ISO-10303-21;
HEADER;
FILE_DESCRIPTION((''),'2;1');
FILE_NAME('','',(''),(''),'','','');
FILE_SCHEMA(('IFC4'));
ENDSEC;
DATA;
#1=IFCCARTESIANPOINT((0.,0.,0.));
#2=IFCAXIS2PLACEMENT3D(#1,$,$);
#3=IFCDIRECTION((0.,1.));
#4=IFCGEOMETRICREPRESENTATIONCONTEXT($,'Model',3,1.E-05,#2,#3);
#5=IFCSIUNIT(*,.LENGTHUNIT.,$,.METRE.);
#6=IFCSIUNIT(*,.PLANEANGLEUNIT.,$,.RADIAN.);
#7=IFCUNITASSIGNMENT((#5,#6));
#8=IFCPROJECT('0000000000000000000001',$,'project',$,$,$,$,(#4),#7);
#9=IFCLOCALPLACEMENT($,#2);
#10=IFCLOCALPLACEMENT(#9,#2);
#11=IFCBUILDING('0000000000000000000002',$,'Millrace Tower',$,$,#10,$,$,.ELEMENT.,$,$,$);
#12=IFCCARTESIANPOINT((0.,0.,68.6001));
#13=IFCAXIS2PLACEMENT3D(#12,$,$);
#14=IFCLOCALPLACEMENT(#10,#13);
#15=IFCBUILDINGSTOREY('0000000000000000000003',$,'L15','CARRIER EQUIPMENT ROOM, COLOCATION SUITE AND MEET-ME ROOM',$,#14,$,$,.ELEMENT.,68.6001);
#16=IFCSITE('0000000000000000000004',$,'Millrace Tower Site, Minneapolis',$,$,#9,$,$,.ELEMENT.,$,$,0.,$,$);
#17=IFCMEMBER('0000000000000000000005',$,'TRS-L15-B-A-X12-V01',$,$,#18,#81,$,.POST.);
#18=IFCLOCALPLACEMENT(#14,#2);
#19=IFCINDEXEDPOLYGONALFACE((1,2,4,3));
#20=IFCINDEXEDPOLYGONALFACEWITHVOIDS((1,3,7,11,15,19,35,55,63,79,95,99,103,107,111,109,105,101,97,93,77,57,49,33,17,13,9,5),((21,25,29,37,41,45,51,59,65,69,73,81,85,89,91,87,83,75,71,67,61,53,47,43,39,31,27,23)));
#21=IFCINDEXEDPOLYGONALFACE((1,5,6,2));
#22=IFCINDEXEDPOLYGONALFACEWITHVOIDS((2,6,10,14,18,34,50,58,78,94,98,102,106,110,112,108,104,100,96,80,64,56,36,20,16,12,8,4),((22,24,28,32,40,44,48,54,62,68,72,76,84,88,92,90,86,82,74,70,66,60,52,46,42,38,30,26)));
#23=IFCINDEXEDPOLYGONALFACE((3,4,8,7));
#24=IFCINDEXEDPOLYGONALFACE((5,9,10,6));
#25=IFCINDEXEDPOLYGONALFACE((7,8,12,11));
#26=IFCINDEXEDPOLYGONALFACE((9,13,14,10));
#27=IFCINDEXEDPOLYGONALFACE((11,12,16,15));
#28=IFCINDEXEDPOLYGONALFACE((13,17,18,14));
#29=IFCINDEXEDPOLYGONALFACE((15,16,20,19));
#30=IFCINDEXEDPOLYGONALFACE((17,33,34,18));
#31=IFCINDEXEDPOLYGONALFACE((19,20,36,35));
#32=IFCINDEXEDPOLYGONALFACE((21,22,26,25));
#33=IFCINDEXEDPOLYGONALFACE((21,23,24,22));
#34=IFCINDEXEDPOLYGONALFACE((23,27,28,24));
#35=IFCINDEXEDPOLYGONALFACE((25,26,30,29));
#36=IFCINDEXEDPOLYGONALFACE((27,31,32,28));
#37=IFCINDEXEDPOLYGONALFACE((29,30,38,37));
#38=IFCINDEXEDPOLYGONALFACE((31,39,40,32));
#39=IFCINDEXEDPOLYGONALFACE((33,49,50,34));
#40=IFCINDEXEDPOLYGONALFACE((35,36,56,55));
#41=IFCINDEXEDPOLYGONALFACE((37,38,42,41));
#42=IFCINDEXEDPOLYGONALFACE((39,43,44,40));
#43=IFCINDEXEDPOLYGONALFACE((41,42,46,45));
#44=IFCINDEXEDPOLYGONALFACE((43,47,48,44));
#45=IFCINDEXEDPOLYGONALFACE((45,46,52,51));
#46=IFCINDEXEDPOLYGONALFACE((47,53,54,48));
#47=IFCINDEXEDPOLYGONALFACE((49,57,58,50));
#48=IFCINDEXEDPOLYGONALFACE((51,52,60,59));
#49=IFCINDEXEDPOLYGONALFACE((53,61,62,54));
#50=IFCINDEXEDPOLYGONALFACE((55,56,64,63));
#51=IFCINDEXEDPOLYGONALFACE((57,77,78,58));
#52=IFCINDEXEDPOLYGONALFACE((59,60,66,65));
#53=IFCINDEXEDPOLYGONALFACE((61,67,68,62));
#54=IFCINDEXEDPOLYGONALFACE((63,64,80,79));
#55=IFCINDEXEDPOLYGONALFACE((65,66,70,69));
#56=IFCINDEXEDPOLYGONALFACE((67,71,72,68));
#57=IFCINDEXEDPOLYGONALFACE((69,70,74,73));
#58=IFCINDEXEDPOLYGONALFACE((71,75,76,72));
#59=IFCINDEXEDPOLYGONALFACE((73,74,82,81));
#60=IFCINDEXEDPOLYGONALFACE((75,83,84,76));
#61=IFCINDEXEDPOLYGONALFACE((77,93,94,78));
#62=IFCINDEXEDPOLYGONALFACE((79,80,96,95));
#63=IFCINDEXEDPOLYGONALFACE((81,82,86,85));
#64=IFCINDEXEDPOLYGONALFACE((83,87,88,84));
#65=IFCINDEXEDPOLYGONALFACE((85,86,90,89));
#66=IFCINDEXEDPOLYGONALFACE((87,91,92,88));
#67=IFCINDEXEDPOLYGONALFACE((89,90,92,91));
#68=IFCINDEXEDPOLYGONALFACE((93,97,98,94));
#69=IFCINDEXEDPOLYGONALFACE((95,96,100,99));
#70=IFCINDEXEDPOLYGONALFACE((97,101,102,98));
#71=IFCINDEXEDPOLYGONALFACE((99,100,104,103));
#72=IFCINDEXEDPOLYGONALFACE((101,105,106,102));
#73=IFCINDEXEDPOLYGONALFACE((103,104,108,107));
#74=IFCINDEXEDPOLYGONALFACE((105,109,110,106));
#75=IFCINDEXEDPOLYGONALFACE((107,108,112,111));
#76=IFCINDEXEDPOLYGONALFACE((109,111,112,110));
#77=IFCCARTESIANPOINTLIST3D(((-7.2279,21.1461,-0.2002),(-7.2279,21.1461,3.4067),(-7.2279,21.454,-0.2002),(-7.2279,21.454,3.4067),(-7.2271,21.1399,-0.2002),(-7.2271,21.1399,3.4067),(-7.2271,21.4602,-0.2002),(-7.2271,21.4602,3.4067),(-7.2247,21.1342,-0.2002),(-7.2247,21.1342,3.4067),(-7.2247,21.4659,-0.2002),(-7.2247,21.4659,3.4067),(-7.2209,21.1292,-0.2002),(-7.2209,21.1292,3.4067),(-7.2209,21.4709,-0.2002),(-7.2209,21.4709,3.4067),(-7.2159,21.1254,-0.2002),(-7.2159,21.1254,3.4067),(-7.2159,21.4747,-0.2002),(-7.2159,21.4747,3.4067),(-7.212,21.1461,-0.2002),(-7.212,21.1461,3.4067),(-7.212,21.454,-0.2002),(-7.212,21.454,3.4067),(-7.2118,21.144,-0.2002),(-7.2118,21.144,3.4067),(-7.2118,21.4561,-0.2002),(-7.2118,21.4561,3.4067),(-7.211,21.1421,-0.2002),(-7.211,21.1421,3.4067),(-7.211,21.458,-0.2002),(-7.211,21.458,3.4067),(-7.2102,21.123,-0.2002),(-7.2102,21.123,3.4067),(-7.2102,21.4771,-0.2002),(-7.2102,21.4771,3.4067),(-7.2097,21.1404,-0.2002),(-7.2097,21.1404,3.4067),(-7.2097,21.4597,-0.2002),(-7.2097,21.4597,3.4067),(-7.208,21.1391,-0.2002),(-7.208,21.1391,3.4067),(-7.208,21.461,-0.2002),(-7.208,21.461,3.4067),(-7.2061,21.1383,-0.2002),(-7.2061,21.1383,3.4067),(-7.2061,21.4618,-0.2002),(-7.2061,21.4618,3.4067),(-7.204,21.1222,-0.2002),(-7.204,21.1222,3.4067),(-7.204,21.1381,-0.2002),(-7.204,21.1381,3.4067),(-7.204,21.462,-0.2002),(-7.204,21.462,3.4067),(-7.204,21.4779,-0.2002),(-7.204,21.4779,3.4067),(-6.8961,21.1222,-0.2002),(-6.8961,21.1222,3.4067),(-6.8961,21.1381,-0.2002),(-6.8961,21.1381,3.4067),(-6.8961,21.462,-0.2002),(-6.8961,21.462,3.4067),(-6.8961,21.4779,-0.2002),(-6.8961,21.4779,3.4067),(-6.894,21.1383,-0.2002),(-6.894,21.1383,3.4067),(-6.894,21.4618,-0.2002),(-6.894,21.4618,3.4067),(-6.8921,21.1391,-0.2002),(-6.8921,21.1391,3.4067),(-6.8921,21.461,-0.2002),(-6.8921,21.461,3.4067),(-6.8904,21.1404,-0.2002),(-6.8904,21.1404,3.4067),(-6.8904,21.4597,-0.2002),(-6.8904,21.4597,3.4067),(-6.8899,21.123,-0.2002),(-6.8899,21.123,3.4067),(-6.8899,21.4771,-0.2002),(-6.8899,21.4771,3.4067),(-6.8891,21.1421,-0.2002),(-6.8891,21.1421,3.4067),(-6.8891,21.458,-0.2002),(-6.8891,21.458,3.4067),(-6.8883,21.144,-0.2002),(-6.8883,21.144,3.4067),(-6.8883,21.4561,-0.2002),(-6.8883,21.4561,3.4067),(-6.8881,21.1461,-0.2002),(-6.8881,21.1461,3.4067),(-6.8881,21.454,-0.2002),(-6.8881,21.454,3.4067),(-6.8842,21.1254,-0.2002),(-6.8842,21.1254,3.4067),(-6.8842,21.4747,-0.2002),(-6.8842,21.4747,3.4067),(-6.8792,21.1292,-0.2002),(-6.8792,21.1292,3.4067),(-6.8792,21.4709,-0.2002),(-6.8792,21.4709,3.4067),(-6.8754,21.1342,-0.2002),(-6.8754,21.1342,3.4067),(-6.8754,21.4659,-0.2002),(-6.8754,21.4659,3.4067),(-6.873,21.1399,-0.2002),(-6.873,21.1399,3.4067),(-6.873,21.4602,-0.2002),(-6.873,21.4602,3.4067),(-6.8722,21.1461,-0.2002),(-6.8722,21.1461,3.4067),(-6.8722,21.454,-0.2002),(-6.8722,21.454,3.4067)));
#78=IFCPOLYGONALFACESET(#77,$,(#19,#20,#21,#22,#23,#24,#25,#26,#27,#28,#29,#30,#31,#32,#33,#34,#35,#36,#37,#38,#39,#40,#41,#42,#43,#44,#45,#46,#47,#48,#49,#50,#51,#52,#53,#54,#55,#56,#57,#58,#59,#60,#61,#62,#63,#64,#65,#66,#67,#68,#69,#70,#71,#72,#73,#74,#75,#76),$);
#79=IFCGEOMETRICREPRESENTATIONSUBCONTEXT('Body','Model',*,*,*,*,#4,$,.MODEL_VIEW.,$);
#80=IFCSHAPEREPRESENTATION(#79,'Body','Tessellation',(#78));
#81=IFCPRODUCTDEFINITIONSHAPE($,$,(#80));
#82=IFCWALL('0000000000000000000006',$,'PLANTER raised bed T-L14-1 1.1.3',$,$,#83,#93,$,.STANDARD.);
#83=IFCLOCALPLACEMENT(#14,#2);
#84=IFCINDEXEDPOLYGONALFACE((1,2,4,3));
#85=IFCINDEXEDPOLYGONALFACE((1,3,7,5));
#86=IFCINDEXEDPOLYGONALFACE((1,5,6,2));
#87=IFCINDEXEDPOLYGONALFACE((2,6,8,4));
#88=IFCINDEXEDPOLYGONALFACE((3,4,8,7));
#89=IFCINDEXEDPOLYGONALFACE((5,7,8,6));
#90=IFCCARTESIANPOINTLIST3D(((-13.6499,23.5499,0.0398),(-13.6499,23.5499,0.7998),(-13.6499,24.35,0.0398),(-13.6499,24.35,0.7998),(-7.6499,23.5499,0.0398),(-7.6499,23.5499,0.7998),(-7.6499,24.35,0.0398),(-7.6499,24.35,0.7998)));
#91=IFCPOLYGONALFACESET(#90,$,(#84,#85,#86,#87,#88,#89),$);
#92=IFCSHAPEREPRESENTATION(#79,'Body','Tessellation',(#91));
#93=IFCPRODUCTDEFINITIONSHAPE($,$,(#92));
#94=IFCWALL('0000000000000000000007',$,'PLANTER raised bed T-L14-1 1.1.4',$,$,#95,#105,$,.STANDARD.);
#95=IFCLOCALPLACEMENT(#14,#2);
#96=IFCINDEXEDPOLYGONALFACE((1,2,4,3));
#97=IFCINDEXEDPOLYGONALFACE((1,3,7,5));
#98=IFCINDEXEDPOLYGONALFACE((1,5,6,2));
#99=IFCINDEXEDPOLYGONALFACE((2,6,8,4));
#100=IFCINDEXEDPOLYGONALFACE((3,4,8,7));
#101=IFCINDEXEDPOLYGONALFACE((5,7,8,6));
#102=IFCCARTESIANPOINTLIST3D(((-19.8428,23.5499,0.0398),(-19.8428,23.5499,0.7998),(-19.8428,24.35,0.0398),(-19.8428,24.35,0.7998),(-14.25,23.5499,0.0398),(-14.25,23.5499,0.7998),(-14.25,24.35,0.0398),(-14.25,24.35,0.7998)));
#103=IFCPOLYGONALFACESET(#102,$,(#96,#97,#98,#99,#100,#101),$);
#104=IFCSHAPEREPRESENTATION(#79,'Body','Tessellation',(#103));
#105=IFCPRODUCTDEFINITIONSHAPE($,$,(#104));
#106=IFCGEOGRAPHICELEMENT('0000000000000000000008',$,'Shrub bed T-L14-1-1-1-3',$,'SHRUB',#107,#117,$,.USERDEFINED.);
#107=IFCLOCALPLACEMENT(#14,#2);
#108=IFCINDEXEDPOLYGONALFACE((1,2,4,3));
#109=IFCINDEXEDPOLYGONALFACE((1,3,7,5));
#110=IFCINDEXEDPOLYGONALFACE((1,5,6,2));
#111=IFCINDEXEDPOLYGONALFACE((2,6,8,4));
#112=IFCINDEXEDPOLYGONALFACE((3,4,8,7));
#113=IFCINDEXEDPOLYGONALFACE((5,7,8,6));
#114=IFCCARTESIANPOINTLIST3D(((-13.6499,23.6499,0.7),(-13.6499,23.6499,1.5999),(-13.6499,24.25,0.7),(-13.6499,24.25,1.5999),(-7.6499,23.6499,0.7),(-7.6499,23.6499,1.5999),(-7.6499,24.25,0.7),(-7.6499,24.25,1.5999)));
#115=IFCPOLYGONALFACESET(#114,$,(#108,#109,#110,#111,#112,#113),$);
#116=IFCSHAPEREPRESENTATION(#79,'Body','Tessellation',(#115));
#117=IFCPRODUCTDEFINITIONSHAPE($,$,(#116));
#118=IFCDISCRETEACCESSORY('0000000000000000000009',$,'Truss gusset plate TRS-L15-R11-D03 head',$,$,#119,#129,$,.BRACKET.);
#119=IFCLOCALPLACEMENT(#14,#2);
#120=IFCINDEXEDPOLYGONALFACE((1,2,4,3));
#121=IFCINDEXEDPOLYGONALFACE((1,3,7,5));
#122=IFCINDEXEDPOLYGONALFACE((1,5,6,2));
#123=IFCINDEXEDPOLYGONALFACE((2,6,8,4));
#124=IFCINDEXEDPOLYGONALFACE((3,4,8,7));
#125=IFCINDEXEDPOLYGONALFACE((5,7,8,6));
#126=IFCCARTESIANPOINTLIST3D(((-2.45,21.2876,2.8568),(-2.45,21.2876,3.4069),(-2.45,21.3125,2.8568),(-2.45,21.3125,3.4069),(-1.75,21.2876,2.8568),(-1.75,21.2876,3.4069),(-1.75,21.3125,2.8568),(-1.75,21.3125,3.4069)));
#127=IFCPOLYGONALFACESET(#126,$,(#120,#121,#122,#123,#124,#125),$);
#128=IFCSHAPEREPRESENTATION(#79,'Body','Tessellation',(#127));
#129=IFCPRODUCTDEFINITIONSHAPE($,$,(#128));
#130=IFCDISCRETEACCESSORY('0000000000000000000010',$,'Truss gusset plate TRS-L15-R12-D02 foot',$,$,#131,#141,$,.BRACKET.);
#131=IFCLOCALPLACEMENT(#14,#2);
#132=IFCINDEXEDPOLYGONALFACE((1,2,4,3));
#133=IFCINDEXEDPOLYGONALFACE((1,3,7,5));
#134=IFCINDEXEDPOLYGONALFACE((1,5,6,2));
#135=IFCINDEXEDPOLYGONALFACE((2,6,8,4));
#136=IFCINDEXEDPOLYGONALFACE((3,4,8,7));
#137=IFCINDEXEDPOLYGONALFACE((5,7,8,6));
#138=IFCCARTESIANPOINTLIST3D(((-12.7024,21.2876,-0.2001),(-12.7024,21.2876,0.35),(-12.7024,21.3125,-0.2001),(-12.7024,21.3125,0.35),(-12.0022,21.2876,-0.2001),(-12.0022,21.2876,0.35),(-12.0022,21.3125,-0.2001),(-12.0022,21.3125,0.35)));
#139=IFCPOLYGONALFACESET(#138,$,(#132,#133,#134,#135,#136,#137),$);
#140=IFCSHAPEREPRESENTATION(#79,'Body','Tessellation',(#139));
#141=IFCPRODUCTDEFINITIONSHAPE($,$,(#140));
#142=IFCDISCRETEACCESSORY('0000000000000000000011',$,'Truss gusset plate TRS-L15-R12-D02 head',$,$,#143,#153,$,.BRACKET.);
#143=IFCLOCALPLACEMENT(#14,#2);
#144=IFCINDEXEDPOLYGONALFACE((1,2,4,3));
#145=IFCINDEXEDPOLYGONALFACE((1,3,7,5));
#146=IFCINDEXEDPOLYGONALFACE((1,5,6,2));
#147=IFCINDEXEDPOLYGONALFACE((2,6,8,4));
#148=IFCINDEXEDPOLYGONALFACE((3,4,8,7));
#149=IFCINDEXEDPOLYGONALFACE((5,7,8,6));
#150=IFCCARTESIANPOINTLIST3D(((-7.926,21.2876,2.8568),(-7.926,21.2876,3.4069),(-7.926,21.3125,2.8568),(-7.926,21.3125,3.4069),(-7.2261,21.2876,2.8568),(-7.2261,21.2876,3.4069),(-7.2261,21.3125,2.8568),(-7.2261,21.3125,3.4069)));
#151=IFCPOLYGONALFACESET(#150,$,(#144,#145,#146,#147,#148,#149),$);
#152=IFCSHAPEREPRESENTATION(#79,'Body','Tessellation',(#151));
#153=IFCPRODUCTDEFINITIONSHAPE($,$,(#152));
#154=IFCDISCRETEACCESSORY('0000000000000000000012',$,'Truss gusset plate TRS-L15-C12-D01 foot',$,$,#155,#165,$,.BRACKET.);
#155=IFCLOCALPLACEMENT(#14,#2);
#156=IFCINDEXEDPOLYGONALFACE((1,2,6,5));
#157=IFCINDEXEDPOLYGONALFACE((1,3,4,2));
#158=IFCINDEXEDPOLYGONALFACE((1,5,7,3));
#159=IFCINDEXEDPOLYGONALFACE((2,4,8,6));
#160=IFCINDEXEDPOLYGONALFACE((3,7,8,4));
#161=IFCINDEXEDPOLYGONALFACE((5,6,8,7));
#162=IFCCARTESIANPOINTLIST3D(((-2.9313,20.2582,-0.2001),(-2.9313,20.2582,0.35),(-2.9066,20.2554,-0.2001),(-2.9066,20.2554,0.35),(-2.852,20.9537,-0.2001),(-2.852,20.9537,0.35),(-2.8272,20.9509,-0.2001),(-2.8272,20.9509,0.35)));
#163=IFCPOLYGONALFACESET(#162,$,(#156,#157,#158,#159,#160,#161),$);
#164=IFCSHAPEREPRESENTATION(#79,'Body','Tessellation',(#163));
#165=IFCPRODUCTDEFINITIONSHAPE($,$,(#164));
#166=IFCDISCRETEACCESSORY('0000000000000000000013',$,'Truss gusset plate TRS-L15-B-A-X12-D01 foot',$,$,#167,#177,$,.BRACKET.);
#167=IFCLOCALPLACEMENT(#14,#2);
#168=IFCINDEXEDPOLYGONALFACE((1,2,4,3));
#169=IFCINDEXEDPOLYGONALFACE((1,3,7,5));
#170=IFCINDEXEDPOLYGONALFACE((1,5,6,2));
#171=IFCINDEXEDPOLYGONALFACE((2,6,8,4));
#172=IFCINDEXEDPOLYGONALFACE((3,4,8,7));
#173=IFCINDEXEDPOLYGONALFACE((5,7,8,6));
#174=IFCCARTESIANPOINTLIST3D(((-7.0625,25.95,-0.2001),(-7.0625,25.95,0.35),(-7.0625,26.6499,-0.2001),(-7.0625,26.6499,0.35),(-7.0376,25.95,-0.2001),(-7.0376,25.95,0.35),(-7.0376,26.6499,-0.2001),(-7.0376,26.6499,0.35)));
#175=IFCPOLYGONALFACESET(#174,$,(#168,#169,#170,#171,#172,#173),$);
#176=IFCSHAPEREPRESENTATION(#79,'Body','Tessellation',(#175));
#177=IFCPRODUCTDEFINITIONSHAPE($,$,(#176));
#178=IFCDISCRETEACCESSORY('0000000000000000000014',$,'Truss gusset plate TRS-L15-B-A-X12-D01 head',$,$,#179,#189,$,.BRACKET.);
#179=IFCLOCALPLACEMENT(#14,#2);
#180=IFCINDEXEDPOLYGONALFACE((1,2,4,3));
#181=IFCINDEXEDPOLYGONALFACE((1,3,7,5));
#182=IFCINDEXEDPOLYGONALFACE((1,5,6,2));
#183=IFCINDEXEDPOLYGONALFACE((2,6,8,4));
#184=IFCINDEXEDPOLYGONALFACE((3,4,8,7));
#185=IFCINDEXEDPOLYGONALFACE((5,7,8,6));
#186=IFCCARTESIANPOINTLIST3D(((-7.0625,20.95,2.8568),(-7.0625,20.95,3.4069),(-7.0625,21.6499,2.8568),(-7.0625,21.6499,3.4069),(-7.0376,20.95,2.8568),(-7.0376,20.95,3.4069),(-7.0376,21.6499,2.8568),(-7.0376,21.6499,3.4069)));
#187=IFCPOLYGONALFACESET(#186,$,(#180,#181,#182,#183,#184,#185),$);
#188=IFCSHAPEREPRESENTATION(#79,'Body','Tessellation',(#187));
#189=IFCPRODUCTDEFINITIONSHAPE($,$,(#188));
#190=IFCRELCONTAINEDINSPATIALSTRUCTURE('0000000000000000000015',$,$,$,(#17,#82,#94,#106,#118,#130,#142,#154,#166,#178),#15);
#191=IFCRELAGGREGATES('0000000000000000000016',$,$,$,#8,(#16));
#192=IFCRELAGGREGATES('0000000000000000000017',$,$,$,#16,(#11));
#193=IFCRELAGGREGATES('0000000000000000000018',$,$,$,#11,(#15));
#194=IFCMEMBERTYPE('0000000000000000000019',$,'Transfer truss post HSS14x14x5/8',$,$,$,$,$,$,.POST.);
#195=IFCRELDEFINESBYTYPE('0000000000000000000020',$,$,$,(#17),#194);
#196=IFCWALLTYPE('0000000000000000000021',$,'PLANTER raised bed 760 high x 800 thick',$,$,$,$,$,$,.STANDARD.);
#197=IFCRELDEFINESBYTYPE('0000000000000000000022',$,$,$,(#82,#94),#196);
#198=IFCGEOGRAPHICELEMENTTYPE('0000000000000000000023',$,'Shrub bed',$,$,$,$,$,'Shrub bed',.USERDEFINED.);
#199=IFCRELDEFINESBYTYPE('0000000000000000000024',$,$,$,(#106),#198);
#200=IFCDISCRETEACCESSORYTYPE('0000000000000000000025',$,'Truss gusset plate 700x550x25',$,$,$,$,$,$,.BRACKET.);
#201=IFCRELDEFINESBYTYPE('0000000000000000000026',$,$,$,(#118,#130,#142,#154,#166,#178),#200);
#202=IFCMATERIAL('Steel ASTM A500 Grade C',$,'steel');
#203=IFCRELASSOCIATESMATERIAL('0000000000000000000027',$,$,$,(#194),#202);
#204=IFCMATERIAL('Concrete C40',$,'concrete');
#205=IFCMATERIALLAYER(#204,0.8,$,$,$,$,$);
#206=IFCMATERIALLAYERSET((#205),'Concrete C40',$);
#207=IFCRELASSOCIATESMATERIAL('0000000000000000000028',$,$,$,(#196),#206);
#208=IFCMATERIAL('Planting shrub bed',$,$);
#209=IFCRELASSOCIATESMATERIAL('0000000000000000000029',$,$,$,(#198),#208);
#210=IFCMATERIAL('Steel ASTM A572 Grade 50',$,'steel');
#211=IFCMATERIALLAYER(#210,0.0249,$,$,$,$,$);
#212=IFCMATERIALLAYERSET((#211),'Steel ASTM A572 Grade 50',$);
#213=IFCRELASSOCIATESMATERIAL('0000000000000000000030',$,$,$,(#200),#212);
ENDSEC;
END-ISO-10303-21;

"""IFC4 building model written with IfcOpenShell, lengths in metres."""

from ifc_helpers import new_model, si_unit, direction, frame, frame_2d, origin, origin_2d, place, context, subcontext, project, spatial, rectangle, hollow_rectangle, extrude, material, layer, layer_set, material_profile, profile_set, type_object, element, save


model = new_model("IFC4")

# Units and contexts
model_context = context("Model", 3, precision=1e-05, world=origin(), true_north=direction((0.0, 1.0)))
body_context = subcontext(model_context, "Body", "Model", "MODEL_VIEW")
ifc_project = project(units=[si_unit("LENGTHUNIT", "METRE"), si_unit("PLANEANGLEUNIT", "RADIAN")], contexts=[model_context])

# Site, building, storey
site_placement = place(None, origin())
site = spatial("IfcSite", under=ifc_project, at=site_placement, Name="Millrace Tower Site, Minneapolis", CompositionType="ELEMENT", RefElevation=0.0)
building_placement = place(site_placement, origin())
building = spatial("IfcBuilding", under=site, at=building_placement, Name="Millrace Tower", CompositionType="ELEMENT")
storey_placement = place(building_placement, frame((0.0, 0.0, 68.6001)))
storey = spatial("IfcBuildingStorey", under=building, at=storey_placement, Name="L15", Description="CARRIER EQUIPMENT ROOM, COLOCATION SUITE AND MEET-ME ROOM", CompositionType="ELEMENT", Elevation=68.6001)

# Member
ifc_material_1 = material(Name="Steel ASTM A500 Grade C", Category="steel")
ifc_material_profile_1 = material_profile(ifc_material_1, hollow_rectangle(XDim=0.3557, YDim=0.3557, WallThickness=0.0159, InnerFilletRadius=0.0081, OuterFilletRadius=0.0239, at=origin_2d()))
ifc_profile_set_1 = profile_set([ifc_material_profile_1], Name="Steel ASTM A500 Grade C")
member_type_1 = type_object("IfcMemberType", Name="Transfer truss post HSS14x14x5/8", PredefinedType="POST", material=ifc_profile_set_1)
for number, where, z_axis, x_axis, name in (
    (1, (-7.05, 21.3, -0.2002), (0.0, 0.0, 1.0), (1.0, 0.0, 0.0), "TRS-L15-B-A-X12-V01"),
):
    element("IfcMember", number, at=place(storey_placement, frame(where, z_axis=z_axis, x_axis=x_axis)), inside=storey, type_object=member_type_1, Name=name, PredefinedType="POST", context=body_context, shape_type="SweptSolid", body=[
        extrude(hollow_rectangle(XDim=0.3557, YDim=0.3557, WallThickness=0.0159, InnerFilletRadius=0.0081, OuterFilletRadius=0.0239, at=origin_2d()), origin(), (0.0, 0.0, 1.0), 3.6069),
    ])

# Walls
ifc_material_2 = material(Name="Concrete C40", Category="concrete")
ifc_layer_1 = layer(ifc_material_2, 0.8)
ifc_layer_set_1 = layer_set([ifc_layer_1], Name="Concrete C40")
wall_type = type_object("IfcWallType", Name="PLANTER raised bed 760 high x 800 thick", PredefinedType="STANDARD", material=ifc_layer_set_1)
wall_1_placement = place(storey_placement, frame((-7.6499, 23.95, 0.0398), z_axis=(0.0, 0.0, 1.0), x_axis=(-1.0, 0.0, 0.0)))
element("IfcWall", 2, at=wall_1_placement, inside=storey, type_object=wall_type, Name="PLANTER raised bed T-L14-1 1.1.3", PredefinedType="STANDARD", context=body_context, shape_type="SweptSolid", body=[
    extrude(rectangle(XDim=6.0, YDim=0.8, at=frame_2d((3.0, 0.0))), origin(), (0.0, 0.0, 1.0), 0.76),
])
wall_2_placement = place(storey_placement, frame((-14.25, 23.95, 0.0398), z_axis=(0.0, 0.0, 1.0), x_axis=(-1.0, 0.0, 0.0)))
element("IfcWall", 3, at=wall_2_placement, inside=storey, type_object=wall_type, Name="PLANTER raised bed T-L14-1 1.1.4", PredefinedType="STANDARD", context=body_context, shape_type="SweptSolid", body=[
    extrude(rectangle(XDim=5.5928, YDim=0.8, at=frame_2d((2.7964, 0.0))), origin(), (0.0, 0.0, 1.0), 0.76),
])

# Geographic element
ifc_material_3 = material(Name="Planting shrub bed")
geographic_element_type = type_object("IfcGeographicElementType", Name="Shrub bed", ElementType="Shrub bed", PredefinedType="USERDEFINED", material=ifc_material_3)
geographic_element_placement = place(storey_placement, frame((-10.6499, 23.95, 0.7), z_axis=(0.0, 0.0, 1.0), x_axis=(-1.0, 0.0, 0.0)))
element("IfcGeographicElement", 4, at=geographic_element_placement, inside=storey, type_object=geographic_element_type, Name="Shrub bed T-L14-1-1-1-3", ObjectType="SHRUB", PredefinedType="USERDEFINED", context=body_context, shape_type="SweptSolid", body=[
    extrude(rectangle(XDim=6.0, YDim=0.6001, at=origin_2d()), origin(), (0.0, 0.0, 1.0), 0.8999),
])

# Discrete accessories
ifc_material_4 = material(Name="Steel ASTM A572 Grade 50", Category="steel")
ifc_layer_2 = layer(ifc_material_4, 0.0249)
ifc_layer_set_2 = layer_set([ifc_layer_2], Name="Steel ASTM A572 Grade 50")
discrete_accessory_type = type_object("IfcDiscreteAccessoryType", Name="Truss gusset plate 700x550x25", PredefinedType="BRACKET", material=ifc_layer_set_2)
discrete_accessory_1_placement = place(storey_placement, frame((-2.45, 21.3, 3.1318), z_axis=(1.0, 0.0, 0.0), x_axis=(0.0, 1.0, 0.0)))
element("IfcDiscreteAccessory", 5, at=discrete_accessory_1_placement, inside=storey, type_object=discrete_accessory_type, Name="Truss gusset plate TRS-L15-R11-D03 head", PredefinedType="BRACKET", context=body_context, shape_type="SweptSolid", body=[
    extrude(rectangle(XDim=0.0249, YDim=0.55, at=origin_2d()), origin(), (0.0, 0.0, 1.0), 0.7),
])
discrete_accessory_2_placement = place(storey_placement, frame((-12.7024, 21.3, 0.075), z_axis=(1.0, 0.0, 0.0), x_axis=(0.0, 1.0, 0.0)))
element("IfcDiscreteAccessory", 6, at=discrete_accessory_2_placement, inside=storey, type_object=discrete_accessory_type, Name="Truss gusset plate TRS-L15-R12-D02 foot", PredefinedType="BRACKET", context=body_context, shape_type="SweptSolid", body=[
    extrude(rectangle(XDim=0.0249, YDim=0.55, at=origin_2d()), origin(), (0.0, 0.0, 1.0), 0.7002),
])
for number, where, z_axis, x_axis, name in (
    (7, (-7.926, 21.3, 3.1318), (1.0, 0.0, 0.0), (0.0, 1.0, 0.0), "Truss gusset plate TRS-L15-R12-D02 head"),
    (8, (-2.9189, 20.2568, 0.075), (0.11334, 0.993556, 0.0), (-0.993556, 0.11334, 0.0), "Truss gusset plate TRS-L15-C12-D01 foot"),
    (9, (-7.05, 25.95, 0.075), (0.0, 1.0, 0.0), (-1.0, 0.0, 0.0), "Truss gusset plate TRS-L15-B-A-X12-D01 foot"),
    (10, (-7.05, 20.95, 3.1318), (0.0, 1.0, 0.0), (-1.0, 0.0, 0.0), "Truss gusset plate TRS-L15-B-A-X12-D01 head"),
):
    element("IfcDiscreteAccessory", number, at=place(storey_placement, frame(where, z_axis=z_axis, x_axis=x_axis)), inside=storey, type_object=discrete_accessory_type, Name=name, PredefinedType="BRACKET", context=body_context, shape_type="SweptSolid", body=[
        extrude(rectangle(XDim=0.0249, YDim=0.55, at=origin_2d()), origin(), (0.0, 0.0, 1.0), 0.7),
    ])

save(model, "model.ifc")
